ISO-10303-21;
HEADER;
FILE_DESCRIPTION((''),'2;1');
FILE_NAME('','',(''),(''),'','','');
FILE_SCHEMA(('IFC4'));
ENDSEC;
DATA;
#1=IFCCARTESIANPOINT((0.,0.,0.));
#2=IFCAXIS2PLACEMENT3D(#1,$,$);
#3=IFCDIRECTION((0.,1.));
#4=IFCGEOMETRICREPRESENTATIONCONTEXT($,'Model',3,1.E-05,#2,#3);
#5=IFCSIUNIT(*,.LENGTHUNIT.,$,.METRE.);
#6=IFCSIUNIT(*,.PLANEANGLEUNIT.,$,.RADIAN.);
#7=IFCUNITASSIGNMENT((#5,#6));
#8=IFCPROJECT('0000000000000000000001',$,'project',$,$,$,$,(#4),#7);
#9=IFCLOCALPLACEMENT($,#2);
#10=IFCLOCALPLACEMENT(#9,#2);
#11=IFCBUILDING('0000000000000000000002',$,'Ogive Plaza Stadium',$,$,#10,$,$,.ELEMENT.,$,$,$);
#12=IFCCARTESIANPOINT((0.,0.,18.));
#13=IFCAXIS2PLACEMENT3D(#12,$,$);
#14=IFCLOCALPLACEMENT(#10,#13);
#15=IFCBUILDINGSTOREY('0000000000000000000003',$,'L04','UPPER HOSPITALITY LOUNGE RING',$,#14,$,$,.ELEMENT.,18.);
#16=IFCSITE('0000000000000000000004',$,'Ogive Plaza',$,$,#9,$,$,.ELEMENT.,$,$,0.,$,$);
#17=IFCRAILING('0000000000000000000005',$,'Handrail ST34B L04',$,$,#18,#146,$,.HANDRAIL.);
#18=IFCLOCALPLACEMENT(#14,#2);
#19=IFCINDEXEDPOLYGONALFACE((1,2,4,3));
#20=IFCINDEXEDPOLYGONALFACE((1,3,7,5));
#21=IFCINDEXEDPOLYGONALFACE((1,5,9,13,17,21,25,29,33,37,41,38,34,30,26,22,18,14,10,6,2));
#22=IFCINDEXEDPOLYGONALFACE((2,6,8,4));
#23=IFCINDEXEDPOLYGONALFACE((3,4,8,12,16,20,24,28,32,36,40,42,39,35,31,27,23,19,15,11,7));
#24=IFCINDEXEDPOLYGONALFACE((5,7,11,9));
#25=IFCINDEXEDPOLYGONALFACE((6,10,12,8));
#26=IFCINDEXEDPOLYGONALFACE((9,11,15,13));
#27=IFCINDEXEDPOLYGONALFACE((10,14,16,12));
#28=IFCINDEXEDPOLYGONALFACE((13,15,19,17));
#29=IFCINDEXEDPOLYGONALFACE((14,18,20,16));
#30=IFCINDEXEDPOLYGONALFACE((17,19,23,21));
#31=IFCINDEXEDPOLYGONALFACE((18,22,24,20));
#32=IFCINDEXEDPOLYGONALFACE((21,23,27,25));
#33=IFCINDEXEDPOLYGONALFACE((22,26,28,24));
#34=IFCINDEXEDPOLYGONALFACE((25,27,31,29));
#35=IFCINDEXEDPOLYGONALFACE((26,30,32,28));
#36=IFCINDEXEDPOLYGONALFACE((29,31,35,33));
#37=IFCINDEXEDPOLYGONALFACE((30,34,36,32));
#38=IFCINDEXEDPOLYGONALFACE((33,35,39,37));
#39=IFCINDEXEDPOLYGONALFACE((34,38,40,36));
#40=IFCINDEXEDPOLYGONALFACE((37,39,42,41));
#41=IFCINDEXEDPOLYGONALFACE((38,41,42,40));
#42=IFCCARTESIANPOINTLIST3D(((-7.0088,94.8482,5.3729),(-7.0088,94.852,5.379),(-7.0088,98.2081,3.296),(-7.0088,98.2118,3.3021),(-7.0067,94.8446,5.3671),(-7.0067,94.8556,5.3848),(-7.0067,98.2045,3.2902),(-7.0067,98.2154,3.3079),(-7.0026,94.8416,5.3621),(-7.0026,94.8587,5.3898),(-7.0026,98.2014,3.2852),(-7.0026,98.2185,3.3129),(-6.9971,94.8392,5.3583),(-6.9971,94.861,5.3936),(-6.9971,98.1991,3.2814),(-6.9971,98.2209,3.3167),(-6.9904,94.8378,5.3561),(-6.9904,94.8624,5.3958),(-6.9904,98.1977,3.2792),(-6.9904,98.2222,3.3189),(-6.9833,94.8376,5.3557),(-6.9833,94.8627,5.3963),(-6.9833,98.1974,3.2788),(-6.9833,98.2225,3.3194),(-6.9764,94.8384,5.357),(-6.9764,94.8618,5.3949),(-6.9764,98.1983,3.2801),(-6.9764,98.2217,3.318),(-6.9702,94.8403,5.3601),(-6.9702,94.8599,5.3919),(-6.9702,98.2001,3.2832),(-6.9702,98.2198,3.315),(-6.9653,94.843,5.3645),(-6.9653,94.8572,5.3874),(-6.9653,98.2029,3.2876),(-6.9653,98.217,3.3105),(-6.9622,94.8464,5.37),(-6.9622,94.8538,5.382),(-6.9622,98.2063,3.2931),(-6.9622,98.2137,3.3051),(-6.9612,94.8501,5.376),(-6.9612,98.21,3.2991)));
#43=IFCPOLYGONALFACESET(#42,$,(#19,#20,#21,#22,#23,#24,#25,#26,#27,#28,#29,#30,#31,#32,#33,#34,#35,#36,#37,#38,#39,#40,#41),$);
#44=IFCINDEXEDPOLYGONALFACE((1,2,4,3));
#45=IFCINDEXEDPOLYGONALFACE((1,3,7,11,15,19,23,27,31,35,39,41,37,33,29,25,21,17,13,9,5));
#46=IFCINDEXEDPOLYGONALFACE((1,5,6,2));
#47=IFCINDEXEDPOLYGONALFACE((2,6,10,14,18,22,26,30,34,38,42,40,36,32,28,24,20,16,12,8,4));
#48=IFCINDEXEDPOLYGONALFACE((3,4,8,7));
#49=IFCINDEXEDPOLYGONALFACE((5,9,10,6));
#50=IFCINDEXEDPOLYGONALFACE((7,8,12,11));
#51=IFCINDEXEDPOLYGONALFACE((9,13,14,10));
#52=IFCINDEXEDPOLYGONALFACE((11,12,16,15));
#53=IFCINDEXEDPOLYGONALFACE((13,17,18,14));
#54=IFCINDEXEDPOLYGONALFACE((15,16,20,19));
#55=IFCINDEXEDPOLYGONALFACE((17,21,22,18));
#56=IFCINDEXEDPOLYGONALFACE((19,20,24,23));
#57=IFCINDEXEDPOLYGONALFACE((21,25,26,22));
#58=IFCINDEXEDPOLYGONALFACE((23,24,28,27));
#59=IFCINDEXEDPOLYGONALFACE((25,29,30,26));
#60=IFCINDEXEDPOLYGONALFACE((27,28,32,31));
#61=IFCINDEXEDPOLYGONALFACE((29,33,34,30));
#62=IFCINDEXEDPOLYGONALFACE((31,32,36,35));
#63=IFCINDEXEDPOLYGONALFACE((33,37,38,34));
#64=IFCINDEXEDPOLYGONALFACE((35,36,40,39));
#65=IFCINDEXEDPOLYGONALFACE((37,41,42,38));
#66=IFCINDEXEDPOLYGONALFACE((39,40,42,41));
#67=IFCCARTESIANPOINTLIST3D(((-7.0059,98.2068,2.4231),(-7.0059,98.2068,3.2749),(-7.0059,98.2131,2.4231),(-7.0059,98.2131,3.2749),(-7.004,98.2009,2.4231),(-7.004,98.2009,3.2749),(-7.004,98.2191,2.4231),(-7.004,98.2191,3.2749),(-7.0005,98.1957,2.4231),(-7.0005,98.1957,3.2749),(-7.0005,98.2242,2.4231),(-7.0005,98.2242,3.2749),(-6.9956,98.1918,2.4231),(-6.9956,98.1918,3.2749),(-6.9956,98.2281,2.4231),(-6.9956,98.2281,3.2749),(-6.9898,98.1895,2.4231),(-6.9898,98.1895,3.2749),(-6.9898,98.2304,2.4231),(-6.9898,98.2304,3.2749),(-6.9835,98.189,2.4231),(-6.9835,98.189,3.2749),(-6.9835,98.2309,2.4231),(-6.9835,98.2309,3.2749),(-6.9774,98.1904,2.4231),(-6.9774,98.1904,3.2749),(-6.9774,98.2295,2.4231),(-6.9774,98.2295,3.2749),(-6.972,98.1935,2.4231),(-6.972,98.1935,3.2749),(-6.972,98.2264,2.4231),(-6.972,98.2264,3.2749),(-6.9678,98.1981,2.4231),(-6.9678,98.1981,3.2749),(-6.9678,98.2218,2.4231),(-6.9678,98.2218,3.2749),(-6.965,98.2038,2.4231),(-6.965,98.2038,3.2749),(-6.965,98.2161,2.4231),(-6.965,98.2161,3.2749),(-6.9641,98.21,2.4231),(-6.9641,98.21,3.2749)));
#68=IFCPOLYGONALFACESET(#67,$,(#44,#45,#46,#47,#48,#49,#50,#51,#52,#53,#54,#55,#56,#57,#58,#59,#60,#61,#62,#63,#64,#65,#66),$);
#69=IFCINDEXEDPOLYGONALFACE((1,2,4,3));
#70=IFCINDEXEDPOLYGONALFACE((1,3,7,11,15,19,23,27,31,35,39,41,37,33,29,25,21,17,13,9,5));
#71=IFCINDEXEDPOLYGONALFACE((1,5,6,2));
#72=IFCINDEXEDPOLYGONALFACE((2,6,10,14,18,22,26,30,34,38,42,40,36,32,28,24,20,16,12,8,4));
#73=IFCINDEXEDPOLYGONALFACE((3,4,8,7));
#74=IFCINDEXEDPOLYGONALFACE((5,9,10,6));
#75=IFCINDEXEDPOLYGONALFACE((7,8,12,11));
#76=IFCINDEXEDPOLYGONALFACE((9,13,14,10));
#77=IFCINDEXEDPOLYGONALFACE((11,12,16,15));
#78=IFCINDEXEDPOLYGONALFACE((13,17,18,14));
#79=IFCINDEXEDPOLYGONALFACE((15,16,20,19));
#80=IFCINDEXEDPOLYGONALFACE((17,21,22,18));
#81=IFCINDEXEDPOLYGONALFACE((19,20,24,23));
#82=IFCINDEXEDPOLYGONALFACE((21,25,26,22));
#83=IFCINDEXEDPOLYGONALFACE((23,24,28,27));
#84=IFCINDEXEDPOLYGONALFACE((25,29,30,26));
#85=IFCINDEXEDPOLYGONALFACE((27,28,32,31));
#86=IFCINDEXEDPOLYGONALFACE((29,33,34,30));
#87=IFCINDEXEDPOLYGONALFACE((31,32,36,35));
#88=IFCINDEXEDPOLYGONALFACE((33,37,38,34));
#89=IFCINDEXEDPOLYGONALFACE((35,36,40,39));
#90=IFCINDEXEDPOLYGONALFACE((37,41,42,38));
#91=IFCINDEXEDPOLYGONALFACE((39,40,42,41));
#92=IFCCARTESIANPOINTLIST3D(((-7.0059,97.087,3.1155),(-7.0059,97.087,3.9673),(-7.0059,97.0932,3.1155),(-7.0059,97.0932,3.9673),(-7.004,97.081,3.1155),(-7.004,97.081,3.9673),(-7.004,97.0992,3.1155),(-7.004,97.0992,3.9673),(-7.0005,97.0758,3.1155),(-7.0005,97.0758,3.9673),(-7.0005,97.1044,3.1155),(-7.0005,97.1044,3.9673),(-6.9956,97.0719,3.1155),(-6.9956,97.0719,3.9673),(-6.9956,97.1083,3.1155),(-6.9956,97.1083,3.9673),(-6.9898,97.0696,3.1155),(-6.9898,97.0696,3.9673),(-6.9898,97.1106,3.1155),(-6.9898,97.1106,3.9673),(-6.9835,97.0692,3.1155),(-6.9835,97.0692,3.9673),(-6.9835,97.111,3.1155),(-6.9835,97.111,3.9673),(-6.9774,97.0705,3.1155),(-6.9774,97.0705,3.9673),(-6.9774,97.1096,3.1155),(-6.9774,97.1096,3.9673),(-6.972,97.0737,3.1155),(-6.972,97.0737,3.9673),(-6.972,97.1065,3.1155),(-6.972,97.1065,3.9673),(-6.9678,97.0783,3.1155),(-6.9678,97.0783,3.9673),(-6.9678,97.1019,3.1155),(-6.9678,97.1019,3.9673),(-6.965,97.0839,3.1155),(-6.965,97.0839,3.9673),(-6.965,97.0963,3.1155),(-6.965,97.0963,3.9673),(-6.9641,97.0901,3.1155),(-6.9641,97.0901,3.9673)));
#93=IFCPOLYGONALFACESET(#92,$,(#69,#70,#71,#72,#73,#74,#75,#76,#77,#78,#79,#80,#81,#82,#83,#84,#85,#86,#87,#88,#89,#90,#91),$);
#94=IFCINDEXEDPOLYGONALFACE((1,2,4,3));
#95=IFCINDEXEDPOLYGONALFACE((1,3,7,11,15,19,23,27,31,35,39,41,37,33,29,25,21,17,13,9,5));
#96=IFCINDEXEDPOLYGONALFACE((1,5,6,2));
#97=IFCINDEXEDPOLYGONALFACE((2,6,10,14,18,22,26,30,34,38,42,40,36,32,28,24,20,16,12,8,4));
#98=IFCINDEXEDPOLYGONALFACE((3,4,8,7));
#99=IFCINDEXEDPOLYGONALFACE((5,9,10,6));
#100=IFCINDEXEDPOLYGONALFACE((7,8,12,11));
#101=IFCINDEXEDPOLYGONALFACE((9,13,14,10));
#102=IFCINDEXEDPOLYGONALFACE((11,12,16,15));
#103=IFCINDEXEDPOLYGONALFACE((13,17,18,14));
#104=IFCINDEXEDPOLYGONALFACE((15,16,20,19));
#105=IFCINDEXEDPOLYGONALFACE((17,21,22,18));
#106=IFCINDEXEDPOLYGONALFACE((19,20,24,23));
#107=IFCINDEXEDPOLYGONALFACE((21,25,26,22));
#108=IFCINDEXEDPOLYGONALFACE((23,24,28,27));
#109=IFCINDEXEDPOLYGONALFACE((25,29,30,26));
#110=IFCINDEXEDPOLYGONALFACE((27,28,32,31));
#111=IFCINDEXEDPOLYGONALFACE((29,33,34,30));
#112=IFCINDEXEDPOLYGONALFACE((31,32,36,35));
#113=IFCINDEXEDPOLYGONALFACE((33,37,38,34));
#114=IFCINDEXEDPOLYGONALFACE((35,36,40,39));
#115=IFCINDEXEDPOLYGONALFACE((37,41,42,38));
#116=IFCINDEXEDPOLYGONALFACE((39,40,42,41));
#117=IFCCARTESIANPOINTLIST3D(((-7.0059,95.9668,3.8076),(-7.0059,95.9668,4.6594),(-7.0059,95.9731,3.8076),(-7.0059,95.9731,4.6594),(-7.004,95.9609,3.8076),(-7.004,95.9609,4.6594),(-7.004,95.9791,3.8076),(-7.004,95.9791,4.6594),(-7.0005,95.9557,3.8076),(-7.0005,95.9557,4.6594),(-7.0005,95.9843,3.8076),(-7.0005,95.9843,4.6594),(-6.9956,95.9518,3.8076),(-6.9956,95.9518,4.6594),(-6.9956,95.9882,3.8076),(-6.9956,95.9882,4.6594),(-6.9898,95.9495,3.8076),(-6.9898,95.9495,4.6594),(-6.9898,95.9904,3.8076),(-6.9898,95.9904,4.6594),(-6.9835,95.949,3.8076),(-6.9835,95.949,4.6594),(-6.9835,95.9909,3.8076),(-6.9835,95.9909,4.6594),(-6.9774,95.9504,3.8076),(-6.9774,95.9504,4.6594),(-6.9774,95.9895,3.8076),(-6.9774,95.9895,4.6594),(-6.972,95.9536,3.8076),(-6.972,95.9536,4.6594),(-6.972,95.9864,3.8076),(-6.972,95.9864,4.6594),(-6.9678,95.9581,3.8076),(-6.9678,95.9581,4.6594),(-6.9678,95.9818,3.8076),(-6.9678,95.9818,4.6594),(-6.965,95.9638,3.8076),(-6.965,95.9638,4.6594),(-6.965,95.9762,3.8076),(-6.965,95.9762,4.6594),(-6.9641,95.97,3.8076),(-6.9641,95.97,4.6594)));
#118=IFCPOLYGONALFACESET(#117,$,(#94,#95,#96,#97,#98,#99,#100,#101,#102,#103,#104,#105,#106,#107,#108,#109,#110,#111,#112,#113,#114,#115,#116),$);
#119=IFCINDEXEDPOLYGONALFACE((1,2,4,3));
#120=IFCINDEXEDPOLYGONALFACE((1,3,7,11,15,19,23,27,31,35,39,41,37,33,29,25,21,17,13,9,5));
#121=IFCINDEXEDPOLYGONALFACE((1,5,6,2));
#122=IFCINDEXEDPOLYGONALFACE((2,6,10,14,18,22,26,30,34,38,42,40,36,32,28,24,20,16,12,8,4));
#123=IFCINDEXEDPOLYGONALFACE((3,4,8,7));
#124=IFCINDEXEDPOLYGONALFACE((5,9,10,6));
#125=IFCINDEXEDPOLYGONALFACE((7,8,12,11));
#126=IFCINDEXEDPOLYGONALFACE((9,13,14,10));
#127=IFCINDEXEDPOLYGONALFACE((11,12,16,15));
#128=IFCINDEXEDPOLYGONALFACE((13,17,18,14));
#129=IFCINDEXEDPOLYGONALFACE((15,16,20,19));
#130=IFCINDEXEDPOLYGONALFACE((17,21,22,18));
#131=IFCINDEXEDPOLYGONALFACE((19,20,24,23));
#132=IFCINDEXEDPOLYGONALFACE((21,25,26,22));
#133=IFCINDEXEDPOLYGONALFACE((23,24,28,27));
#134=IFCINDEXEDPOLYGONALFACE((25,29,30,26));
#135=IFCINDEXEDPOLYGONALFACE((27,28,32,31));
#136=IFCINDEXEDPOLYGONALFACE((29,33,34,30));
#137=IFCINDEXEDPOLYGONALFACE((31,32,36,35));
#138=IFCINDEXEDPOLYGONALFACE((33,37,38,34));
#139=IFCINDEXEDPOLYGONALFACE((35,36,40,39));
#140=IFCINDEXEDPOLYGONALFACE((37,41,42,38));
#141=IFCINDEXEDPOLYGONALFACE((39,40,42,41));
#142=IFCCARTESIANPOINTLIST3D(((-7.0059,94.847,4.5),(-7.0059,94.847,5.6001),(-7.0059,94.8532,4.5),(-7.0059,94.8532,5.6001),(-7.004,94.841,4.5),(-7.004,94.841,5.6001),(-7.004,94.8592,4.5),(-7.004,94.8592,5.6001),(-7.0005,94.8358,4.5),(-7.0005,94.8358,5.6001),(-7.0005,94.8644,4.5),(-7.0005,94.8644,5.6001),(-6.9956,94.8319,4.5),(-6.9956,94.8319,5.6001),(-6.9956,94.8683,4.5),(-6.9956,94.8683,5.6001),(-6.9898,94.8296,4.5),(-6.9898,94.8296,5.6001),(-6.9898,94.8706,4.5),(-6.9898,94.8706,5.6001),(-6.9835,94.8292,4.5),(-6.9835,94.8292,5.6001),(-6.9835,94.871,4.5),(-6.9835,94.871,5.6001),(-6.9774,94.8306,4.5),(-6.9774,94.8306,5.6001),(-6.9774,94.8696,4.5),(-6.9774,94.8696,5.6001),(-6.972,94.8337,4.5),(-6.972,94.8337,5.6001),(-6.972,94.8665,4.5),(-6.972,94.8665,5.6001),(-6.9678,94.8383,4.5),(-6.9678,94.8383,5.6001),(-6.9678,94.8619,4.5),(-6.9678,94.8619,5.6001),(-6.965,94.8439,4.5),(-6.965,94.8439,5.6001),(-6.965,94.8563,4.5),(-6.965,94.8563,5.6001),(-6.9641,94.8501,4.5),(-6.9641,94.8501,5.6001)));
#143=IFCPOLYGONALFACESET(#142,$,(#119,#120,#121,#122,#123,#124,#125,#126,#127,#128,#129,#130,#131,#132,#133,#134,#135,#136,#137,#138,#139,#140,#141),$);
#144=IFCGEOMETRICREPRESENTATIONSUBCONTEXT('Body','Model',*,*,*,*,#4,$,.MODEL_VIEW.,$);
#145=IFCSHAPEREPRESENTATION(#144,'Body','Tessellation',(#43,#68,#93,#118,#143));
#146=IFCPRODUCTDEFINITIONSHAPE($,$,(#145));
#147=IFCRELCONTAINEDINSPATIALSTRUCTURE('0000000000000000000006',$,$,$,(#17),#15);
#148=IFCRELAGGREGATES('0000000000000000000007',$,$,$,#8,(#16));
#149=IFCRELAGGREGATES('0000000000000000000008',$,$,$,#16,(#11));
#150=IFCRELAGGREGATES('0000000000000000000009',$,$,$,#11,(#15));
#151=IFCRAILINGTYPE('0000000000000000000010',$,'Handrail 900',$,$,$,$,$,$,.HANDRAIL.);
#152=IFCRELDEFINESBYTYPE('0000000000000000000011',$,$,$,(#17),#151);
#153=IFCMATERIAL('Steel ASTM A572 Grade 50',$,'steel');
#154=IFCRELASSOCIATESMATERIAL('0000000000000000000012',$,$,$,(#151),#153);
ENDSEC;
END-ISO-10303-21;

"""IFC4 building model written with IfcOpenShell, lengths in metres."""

from ifc_helpers import new_model, si_unit, direction, frame, origin, origin_2d, place, context, subcontext, project, spatial, circle, extrude, material, type_object, element, save


model = new_model("IFC4")

# Units and contexts
model_context = context("Model", 3, precision=1e-05, world=origin(), true_north=direction((0.0, 1.0)))
body_context = subcontext(model_context, "Body", "Model", "MODEL_VIEW")
ifc_project = project(units=[si_unit("LENGTHUNIT", "METRE"), si_unit("PLANEANGLEUNIT", "RADIAN")], contexts=[model_context])

# Site, building, storey
site_placement = place(None, origin())
site = spatial("IfcSite", under=ifc_project, at=site_placement, Name="Ogive Plaza", CompositionType="ELEMENT", RefElevation=0.0)
building_placement = place(site_placement, origin())
building = spatial("IfcBuilding", under=site, at=building_placement, Name="Ogive Plaza Stadium", CompositionType="ELEMENT")
storey_placement = place(building_placement, frame((0.0, 0.0, 18.0)))
storey = spatial("IfcBuildingStorey", under=building, at=storey_placement, Name="L04", Description="UPPER HOSPITALITY LOUNGE RING", CompositionType="ELEMENT", Elevation=18.0)

# Railing
ifc_material_1 = material(Name="Steel ASTM A572 Grade 50", Category="steel")
railing_type_1 = type_object("IfcRailingType", Name="Handrail 900", PredefinedType="HANDRAIL", material=ifc_material_1)
for number, where, name in (
    (1, (-6.9851, 98.21, 2.4231), "Handrail ST34B L04"),
):
    element("IfcRailing", number, at=place(storey_placement, frame(where)), inside=storey, type_object=railing_type_1, Name=name, PredefinedType="HANDRAIL", context=body_context, shape_type="SweptSolid", body=[
        extrude(circle(Radius=0.0239, at=origin_2d()), frame((0.0, 0.0, 0.876), z_axis=(0.0, -0.850606, 0.525803), x_axis=(1.0, 0.0, 0.0)), (0.0, 0.0, 1.0), 3.95),
        extrude(circle(Radius=0.021, at=origin_2d()), origin(), (0.0, 0.0, 1.0), 0.8518),
        extrude(circle(Radius=0.021, at=origin_2d()), frame((0.0, -1.1199, 0.6924)), (0.0, 0.0, 1.0), 0.8518),
        extrude(circle(Radius=0.021, at=origin_2d()), frame((0.0, -2.24, 1.3845)), (0.0, 0.0, 1.0), 0.8518),
        extrude(circle(Radius=0.021, at=origin_2d()), frame((0.0, -3.3599, 2.0769)), (0.0, 0.0, 1.0), 1.1001),
    ])

save(model, "model.ifc")
